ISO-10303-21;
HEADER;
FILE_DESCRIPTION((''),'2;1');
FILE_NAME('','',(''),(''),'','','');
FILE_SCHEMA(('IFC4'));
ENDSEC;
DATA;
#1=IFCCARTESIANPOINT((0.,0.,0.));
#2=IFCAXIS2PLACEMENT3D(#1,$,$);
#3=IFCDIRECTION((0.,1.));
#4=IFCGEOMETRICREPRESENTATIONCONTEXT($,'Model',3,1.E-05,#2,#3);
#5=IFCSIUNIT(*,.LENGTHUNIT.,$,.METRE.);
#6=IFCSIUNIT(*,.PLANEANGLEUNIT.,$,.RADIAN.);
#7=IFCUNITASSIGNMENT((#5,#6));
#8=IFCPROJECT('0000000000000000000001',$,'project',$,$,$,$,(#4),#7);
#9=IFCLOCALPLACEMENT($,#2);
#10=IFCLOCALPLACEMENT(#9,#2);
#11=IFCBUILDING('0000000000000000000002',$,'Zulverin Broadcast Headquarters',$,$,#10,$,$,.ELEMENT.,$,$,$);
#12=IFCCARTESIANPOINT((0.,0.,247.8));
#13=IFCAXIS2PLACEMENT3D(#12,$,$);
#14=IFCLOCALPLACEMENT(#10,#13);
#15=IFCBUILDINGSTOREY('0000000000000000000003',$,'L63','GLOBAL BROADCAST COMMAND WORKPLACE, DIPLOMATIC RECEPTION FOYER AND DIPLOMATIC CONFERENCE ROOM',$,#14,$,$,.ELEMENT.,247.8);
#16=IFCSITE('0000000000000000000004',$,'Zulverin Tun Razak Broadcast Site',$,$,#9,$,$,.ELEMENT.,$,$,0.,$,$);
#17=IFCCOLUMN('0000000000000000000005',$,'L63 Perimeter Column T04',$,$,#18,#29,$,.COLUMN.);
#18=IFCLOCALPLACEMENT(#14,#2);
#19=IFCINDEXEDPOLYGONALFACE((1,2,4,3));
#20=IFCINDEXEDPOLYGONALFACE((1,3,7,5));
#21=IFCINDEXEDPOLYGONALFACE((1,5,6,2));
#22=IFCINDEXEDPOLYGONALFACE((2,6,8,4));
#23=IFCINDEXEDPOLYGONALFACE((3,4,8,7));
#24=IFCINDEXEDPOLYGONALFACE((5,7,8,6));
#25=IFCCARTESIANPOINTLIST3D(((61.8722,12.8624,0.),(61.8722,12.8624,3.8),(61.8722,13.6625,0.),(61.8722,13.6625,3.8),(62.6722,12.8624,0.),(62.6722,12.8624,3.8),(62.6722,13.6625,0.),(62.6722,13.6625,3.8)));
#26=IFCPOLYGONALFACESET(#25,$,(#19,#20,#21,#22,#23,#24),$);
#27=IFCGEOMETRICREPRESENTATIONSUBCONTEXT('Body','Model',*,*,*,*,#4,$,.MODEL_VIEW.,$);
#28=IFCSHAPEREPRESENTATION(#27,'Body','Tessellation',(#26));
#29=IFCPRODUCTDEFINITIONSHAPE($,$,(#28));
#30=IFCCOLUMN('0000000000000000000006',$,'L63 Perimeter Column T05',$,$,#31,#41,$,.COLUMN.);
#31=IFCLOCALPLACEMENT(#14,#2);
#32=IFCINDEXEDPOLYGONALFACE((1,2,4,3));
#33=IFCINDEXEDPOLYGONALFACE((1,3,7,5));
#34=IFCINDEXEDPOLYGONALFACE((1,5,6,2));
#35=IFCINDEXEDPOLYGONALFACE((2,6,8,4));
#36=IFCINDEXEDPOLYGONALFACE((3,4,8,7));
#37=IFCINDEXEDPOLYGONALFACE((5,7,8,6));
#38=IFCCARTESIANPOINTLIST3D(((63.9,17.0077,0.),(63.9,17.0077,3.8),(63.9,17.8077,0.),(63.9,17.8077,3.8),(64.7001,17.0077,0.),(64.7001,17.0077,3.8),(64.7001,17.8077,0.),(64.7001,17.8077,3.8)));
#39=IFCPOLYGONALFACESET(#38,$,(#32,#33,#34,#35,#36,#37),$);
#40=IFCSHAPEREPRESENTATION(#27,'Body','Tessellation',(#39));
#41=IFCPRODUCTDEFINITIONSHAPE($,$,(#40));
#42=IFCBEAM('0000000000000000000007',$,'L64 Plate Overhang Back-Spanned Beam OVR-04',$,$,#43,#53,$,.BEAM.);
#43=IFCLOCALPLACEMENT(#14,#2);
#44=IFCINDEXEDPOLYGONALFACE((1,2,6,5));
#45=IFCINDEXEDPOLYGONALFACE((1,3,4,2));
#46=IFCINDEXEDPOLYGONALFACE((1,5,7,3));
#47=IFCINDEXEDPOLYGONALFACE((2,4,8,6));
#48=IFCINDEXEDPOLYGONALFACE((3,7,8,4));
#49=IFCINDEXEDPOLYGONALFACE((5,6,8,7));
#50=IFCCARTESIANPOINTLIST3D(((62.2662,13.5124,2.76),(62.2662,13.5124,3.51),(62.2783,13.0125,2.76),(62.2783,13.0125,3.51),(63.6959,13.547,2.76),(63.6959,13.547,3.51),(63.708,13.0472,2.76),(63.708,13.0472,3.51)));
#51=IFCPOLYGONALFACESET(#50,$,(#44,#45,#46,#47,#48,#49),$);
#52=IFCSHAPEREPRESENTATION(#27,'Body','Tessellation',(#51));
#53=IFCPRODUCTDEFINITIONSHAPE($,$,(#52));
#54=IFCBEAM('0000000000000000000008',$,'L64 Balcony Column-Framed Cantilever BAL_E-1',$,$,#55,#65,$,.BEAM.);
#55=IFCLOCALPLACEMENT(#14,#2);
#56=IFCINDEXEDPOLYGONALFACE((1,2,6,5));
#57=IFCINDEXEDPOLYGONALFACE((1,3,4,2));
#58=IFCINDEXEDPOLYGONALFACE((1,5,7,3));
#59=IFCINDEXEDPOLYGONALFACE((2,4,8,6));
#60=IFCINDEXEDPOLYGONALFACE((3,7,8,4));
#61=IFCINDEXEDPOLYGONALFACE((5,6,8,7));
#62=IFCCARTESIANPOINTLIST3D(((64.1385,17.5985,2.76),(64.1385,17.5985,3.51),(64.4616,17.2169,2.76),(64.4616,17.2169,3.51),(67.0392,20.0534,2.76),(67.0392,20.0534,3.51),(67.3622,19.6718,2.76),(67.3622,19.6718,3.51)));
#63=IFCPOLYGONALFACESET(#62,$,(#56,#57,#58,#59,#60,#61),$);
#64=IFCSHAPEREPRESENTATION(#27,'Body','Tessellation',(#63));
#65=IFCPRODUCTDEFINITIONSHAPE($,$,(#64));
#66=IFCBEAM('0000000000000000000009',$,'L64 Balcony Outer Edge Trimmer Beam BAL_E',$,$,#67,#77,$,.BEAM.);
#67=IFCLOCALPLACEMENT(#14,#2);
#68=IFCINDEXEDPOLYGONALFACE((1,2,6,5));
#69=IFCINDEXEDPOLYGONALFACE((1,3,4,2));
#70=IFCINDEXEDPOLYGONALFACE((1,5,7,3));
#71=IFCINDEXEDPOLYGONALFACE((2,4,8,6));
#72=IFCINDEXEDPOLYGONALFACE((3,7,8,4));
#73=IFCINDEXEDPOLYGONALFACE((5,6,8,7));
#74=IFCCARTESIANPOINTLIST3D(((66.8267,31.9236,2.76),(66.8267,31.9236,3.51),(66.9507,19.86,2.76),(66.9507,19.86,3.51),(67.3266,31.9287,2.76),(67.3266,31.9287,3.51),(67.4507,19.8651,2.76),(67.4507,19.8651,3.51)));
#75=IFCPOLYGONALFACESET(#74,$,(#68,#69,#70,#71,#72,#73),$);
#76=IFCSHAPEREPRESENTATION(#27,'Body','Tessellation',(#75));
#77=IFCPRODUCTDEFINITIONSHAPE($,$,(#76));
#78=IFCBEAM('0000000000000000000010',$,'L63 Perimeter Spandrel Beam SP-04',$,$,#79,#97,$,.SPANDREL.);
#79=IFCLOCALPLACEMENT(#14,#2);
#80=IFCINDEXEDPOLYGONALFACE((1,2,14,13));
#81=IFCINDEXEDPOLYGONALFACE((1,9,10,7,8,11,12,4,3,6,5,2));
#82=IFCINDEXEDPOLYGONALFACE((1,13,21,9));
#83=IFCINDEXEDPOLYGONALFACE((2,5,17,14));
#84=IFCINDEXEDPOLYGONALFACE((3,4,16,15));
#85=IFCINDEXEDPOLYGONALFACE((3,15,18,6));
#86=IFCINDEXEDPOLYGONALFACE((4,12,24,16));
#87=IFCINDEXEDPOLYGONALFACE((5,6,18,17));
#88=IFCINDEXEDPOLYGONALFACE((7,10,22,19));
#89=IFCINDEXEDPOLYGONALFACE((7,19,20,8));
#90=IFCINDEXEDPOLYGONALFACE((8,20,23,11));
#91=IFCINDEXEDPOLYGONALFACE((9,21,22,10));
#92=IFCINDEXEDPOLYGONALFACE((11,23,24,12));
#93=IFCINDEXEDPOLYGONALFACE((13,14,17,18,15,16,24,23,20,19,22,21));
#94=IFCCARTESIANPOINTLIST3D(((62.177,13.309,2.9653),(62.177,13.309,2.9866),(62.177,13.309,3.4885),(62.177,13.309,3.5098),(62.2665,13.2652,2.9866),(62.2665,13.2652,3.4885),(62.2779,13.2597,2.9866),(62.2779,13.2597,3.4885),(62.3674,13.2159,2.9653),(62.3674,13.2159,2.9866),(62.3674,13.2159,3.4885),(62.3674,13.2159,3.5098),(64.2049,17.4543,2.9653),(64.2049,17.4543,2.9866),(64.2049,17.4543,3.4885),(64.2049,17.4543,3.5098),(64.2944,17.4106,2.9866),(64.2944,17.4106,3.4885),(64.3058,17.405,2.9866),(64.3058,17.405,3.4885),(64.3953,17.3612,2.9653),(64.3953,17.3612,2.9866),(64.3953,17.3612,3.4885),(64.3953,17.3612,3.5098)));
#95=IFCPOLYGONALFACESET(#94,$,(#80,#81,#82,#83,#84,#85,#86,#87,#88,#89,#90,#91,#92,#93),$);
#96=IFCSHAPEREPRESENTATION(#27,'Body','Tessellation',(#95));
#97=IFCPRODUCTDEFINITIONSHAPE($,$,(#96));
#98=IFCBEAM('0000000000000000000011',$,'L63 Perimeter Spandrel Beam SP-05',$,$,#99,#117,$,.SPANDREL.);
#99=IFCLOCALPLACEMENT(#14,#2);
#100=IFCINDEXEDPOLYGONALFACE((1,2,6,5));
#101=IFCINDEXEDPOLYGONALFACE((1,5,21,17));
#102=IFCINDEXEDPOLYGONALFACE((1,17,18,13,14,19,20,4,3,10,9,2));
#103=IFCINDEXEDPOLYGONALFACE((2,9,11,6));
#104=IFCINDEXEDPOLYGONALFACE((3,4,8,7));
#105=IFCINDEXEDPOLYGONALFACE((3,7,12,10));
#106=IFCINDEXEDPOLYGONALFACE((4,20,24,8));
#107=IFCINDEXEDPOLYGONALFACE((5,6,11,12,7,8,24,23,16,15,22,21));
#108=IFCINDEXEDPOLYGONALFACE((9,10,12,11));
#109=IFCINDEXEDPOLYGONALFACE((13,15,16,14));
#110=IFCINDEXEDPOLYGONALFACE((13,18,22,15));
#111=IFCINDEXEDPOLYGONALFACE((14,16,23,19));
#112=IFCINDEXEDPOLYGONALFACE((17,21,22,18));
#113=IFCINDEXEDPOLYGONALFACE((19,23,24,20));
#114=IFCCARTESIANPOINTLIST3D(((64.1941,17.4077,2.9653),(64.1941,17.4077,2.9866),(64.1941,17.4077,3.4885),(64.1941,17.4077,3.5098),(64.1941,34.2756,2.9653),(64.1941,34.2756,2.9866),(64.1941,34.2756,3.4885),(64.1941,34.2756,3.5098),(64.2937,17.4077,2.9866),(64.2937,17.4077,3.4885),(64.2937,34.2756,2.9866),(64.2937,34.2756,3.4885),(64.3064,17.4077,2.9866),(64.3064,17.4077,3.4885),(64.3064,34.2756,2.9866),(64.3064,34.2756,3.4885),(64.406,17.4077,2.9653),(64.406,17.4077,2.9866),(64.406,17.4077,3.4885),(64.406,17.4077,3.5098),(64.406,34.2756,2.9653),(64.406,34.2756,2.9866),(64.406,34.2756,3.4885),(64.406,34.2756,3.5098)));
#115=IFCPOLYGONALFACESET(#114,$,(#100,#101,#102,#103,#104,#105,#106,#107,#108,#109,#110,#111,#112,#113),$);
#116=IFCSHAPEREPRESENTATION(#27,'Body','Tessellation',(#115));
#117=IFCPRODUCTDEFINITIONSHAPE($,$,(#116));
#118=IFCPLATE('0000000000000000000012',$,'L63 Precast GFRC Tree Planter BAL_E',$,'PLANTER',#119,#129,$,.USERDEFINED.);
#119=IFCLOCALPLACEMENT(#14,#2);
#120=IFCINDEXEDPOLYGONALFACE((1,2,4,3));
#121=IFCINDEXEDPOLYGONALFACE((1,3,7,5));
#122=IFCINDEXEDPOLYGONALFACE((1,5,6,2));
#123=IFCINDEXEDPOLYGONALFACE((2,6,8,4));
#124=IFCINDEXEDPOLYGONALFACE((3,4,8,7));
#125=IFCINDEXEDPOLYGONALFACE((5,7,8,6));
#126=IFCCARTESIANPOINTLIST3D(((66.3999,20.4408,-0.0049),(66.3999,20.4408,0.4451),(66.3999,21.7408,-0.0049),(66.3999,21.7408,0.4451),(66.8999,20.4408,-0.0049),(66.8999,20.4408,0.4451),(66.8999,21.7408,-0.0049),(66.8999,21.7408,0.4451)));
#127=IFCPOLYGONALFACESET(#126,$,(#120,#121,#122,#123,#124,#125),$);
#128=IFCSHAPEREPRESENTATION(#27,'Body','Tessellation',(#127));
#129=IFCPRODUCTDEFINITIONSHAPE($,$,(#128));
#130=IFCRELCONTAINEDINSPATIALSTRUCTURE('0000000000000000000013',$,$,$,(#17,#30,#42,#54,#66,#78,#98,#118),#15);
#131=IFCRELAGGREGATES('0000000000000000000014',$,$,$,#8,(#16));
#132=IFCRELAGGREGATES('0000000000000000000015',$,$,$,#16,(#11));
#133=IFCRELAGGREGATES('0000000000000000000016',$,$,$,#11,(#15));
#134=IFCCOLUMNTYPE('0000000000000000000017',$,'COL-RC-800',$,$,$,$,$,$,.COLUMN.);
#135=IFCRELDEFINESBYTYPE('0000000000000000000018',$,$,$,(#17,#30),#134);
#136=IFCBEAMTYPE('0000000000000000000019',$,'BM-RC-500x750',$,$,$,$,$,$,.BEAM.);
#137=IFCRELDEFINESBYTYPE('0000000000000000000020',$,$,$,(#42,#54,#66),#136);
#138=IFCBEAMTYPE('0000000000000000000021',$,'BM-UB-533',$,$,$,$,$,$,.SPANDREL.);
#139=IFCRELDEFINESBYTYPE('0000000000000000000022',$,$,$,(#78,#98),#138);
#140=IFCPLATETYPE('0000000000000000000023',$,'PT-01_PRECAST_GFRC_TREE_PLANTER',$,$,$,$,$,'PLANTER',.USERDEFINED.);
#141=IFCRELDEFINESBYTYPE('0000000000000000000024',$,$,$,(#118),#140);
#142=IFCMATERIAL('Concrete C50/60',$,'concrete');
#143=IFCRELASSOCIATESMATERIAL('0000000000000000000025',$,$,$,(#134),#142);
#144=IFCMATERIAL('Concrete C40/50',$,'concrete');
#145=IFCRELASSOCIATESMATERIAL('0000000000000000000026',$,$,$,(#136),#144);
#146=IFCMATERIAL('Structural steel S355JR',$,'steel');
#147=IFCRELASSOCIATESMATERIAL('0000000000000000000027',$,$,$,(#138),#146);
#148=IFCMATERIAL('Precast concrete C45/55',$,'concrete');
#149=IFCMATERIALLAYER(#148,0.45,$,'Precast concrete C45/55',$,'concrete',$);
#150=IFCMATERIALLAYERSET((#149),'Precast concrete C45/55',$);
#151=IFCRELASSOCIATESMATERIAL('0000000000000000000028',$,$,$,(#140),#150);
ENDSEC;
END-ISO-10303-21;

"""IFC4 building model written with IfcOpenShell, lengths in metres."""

from ifc_helpers import new_model, si_unit, direction, frame, origin, origin_2d, place, context, subcontext, project, spatial, rectangle, i_section, extrude, material, layer, layer_set, material_profile, profile_set, type_object, element, save


model = new_model("IFC4")

# Units and contexts
model_context = context("Model", 3, precision=1e-05, world=origin(), true_north=direction((0.0, 1.0)))
body_context = subcontext(model_context, "Body", "Model", "MODEL_VIEW")
ifc_project = project(units=[si_unit("LENGTHUNIT", "METRE"), si_unit("PLANEANGLEUNIT", "RADIAN")], contexts=[model_context])

# Site, building, storey
site_placement = place(None, origin())
site = spatial("IfcSite", under=ifc_project, at=site_placement, Name="Zulverin Tun Razak Broadcast Site", CompositionType="ELEMENT", RefElevation=0.0)
building_placement = place(site_placement, origin())
building = spatial("IfcBuilding", under=site, at=building_placement, Name="Zulverin Broadcast Headquarters", CompositionType="ELEMENT")
storey_placement = place(building_placement, frame((0.0, 0.0, 247.8)))
storey = spatial("IfcBuildingStorey", under=building, at=storey_placement, Name="L63", Description="GLOBAL BROADCAST COMMAND WORKPLACE, DIPLOMATIC RECEPTION FOYER AND DIPLOMATIC CONFERENCE ROOM", CompositionType="ELEMENT", Elevation=247.8)

# Columns
ifc_material_1 = material(Name="Concrete C50/60", Category="concrete")
ifc_material_profile_1 = material_profile(ifc_material_1, rectangle(XDim=0.8, YDim=0.8, at=origin_2d()), Name="Concrete C50/60", Category="concrete")
ifc_profile_set_1 = profile_set([ifc_material_profile_1], Name="Concrete C50/60")
column_type = type_object("IfcColumnType", Name="COL-RC-800", PredefinedType="COLUMN", material=ifc_profile_set_1)
for number, where, z_axis, x_axis, name in (
    (1, (62.2722, 13.2625, 0.0), (0.0, 0.0, 1.0), (1.0, 0.0, 0.0), "L63 Perimeter Column T04"),
    (2, (64.3, 17.4077, 0.0), (0.0, 0.0, 1.0), (1.0, 0.0, 0.0), "L63 Perimeter Column T05"),
):
    element("IfcColumn", number, at=place(storey_placement, frame(where, z_axis=z_axis, x_axis=x_axis)), inside=storey, type_object=column_type, Name=name, PredefinedType="COLUMN", context=body_context, shape_type="SweptSolid", body=[
        extrude(rectangle(XDim=0.8, YDim=0.8, at=origin_2d()), origin(), (0.0, 0.0, 1.0), 3.8),
    ])

# Beams
ifc_material_2 = material(Name="Concrete C40/50", Category="concrete")
ifc_material_profile_2 = material_profile(ifc_material_2, rectangle(XDim=0.5, YDim=0.75, at=origin_2d()), Name="Concrete C40/50", Category="concrete")
ifc_profile_set_2 = profile_set([ifc_material_profile_2], Name="Concrete C40/50")
beam_type_1 = type_object("IfcBeamType", Name="BM-RC-500x750", PredefinedType="BEAM", material=ifc_profile_set_2)
beam_1_placement = place(storey_placement, frame((62.2722, 13.2625, 3.135), z_axis=(0.999706, 0.024242, 0.0), x_axis=(-0.024242, 0.999706, 0.0)))
element("IfcBeam", 3, at=beam_1_placement, inside=storey, type_object=beam_type_1, Name="L64 Plate Overhang Back-Spanned Beam OVR-04", PredefinedType="BEAM", context=body_context, shape_type="SweptSolid", body=[
    extrude(rectangle(XDim=0.5, YDim=0.75, at=origin_2d()), origin(), (0.0, 0.0, 1.0), 1.4302),
])
beam_2_placement = place(storey_placement, frame((64.3, 17.4077, 3.135), z_axis=(0.763328, 0.646011, 0.0), x_axis=(-0.646011, 0.763328, 0.0)))
element("IfcBeam", 4, at=beam_2_placement, inside=storey, type_object=beam_type_1, Name="L64 Balcony Column-Framed Cantilever BAL_E-1", PredefinedType="BEAM", context=body_context, shape_type="SweptSolid", body=[
    extrude(rectangle(XDim=0.5, YDim=0.75, at=origin_2d()), origin(), (0.0, 0.0, 1.0), 3.8),
])
beam_3_placement = place(storey_placement, frame((67.2007, 19.8625, 3.135), z_axis=(-0.01028, 0.999947, 0.0), x_axis=(-0.999947, -0.01028, 0.0)))
element("IfcBeam", 5, at=beam_3_placement, inside=storey, type_object=beam_type_1, Name="L64 Balcony Outer Edge Trimmer Beam BAL_E", PredefinedType="BEAM", context=body_context, shape_type="SweptSolid", body=[
    extrude(rectangle(XDim=0.5, YDim=0.75, at=origin_2d()), origin(), (0.0, 0.0, 1.0), 12.0642),
])
ifc_material_3 = material(Name="Structural steel S355JR", Category="steel")
ifc_material_profile_3 = material_profile(ifc_material_3, i_section(OverallWidth=0.2119, OverallDepth=0.5444, WebThickness=0.0127, FlangeThickness=0.0212, at=origin_2d()), Name="Structural steel S355JR", Category="steel")
ifc_profile_set_3 = profile_set([ifc_material_profile_3], Name="Structural steel S355JR")
beam_type_2 = type_object("IfcBeamType", Name="BM-UB-533", PredefinedType="SPANDREL", material=ifc_profile_set_3)
beam_4_placement = place(storey_placement, frame((62.2722, 13.2625, 3.2375), z_axis=(0.43943, 0.898277, 0.0), x_axis=(-0.898277, 0.43943, 0.0)))
element("IfcBeam", 6, at=beam_4_placement, inside=storey, type_object=beam_type_2, Name="L63 Perimeter Spandrel Beam SP-04", PredefinedType="SPANDREL", context=body_context, shape_type="SweptSolid", body=[
    extrude(i_section(OverallWidth=0.2119, OverallDepth=0.5444, WebThickness=0.0127, FlangeThickness=0.0212, at=origin_2d()), origin(), (0.0, 0.0, 1.0), 4.6147),
])
beam_5_placement = place(storey_placement, frame((64.3, 17.4077, 3.2375), z_axis=(0.0, 1.0, 0.0), x_axis=(-1.0, 0.0, 0.0)))
element("IfcBeam", 7, at=beam_5_placement, inside=storey, type_object=beam_type_2, Name="L63 Perimeter Spandrel Beam SP-05", PredefinedType="SPANDREL", context=body_context, shape_type="SweptSolid", body=[
    extrude(i_section(OverallWidth=0.2119, OverallDepth=0.5444, WebThickness=0.0127, FlangeThickness=0.0212, at=origin_2d()), origin(), (0.0, 0.0, 1.0), 16.8679),
])

# Plate
ifc_material_4 = material(Name="Precast concrete C45/55", Category="concrete")
ifc_layer_1 = layer(ifc_material_4, 0.45, Name="Precast concrete C45/55", Category="concrete")
ifc_layer_set_1 = layer_set([ifc_layer_1], Name="Precast concrete C45/55")
plate_type = type_object("IfcPlateType", Name="PT-01_PRECAST_GFRC_TREE_PLANTER", ElementType="PLANTER", PredefinedType="USERDEFINED", material=ifc_layer_set_1)
plate_placement = place(storey_placement, frame((66.6499, 21.0908, -0.0049), z_axis=(0.0, 0.0, 1.0), x_axis=(0.0, 1.0, 0.0)))
element("IfcPlate", 8, at=plate_placement, inside=storey, type_object=plate_type, Name="L63 Precast GFRC Tree Planter BAL_E", ObjectType="PLANTER", PredefinedType="USERDEFINED", context=body_context, shape_type="SweptSolid", body=[
    extrude(rectangle(XDim=1.3, YDim=0.5, at=origin_2d()), origin(), (0.0, 0.0, 1.0), 0.45),
])

save(model, "model.ifc")
